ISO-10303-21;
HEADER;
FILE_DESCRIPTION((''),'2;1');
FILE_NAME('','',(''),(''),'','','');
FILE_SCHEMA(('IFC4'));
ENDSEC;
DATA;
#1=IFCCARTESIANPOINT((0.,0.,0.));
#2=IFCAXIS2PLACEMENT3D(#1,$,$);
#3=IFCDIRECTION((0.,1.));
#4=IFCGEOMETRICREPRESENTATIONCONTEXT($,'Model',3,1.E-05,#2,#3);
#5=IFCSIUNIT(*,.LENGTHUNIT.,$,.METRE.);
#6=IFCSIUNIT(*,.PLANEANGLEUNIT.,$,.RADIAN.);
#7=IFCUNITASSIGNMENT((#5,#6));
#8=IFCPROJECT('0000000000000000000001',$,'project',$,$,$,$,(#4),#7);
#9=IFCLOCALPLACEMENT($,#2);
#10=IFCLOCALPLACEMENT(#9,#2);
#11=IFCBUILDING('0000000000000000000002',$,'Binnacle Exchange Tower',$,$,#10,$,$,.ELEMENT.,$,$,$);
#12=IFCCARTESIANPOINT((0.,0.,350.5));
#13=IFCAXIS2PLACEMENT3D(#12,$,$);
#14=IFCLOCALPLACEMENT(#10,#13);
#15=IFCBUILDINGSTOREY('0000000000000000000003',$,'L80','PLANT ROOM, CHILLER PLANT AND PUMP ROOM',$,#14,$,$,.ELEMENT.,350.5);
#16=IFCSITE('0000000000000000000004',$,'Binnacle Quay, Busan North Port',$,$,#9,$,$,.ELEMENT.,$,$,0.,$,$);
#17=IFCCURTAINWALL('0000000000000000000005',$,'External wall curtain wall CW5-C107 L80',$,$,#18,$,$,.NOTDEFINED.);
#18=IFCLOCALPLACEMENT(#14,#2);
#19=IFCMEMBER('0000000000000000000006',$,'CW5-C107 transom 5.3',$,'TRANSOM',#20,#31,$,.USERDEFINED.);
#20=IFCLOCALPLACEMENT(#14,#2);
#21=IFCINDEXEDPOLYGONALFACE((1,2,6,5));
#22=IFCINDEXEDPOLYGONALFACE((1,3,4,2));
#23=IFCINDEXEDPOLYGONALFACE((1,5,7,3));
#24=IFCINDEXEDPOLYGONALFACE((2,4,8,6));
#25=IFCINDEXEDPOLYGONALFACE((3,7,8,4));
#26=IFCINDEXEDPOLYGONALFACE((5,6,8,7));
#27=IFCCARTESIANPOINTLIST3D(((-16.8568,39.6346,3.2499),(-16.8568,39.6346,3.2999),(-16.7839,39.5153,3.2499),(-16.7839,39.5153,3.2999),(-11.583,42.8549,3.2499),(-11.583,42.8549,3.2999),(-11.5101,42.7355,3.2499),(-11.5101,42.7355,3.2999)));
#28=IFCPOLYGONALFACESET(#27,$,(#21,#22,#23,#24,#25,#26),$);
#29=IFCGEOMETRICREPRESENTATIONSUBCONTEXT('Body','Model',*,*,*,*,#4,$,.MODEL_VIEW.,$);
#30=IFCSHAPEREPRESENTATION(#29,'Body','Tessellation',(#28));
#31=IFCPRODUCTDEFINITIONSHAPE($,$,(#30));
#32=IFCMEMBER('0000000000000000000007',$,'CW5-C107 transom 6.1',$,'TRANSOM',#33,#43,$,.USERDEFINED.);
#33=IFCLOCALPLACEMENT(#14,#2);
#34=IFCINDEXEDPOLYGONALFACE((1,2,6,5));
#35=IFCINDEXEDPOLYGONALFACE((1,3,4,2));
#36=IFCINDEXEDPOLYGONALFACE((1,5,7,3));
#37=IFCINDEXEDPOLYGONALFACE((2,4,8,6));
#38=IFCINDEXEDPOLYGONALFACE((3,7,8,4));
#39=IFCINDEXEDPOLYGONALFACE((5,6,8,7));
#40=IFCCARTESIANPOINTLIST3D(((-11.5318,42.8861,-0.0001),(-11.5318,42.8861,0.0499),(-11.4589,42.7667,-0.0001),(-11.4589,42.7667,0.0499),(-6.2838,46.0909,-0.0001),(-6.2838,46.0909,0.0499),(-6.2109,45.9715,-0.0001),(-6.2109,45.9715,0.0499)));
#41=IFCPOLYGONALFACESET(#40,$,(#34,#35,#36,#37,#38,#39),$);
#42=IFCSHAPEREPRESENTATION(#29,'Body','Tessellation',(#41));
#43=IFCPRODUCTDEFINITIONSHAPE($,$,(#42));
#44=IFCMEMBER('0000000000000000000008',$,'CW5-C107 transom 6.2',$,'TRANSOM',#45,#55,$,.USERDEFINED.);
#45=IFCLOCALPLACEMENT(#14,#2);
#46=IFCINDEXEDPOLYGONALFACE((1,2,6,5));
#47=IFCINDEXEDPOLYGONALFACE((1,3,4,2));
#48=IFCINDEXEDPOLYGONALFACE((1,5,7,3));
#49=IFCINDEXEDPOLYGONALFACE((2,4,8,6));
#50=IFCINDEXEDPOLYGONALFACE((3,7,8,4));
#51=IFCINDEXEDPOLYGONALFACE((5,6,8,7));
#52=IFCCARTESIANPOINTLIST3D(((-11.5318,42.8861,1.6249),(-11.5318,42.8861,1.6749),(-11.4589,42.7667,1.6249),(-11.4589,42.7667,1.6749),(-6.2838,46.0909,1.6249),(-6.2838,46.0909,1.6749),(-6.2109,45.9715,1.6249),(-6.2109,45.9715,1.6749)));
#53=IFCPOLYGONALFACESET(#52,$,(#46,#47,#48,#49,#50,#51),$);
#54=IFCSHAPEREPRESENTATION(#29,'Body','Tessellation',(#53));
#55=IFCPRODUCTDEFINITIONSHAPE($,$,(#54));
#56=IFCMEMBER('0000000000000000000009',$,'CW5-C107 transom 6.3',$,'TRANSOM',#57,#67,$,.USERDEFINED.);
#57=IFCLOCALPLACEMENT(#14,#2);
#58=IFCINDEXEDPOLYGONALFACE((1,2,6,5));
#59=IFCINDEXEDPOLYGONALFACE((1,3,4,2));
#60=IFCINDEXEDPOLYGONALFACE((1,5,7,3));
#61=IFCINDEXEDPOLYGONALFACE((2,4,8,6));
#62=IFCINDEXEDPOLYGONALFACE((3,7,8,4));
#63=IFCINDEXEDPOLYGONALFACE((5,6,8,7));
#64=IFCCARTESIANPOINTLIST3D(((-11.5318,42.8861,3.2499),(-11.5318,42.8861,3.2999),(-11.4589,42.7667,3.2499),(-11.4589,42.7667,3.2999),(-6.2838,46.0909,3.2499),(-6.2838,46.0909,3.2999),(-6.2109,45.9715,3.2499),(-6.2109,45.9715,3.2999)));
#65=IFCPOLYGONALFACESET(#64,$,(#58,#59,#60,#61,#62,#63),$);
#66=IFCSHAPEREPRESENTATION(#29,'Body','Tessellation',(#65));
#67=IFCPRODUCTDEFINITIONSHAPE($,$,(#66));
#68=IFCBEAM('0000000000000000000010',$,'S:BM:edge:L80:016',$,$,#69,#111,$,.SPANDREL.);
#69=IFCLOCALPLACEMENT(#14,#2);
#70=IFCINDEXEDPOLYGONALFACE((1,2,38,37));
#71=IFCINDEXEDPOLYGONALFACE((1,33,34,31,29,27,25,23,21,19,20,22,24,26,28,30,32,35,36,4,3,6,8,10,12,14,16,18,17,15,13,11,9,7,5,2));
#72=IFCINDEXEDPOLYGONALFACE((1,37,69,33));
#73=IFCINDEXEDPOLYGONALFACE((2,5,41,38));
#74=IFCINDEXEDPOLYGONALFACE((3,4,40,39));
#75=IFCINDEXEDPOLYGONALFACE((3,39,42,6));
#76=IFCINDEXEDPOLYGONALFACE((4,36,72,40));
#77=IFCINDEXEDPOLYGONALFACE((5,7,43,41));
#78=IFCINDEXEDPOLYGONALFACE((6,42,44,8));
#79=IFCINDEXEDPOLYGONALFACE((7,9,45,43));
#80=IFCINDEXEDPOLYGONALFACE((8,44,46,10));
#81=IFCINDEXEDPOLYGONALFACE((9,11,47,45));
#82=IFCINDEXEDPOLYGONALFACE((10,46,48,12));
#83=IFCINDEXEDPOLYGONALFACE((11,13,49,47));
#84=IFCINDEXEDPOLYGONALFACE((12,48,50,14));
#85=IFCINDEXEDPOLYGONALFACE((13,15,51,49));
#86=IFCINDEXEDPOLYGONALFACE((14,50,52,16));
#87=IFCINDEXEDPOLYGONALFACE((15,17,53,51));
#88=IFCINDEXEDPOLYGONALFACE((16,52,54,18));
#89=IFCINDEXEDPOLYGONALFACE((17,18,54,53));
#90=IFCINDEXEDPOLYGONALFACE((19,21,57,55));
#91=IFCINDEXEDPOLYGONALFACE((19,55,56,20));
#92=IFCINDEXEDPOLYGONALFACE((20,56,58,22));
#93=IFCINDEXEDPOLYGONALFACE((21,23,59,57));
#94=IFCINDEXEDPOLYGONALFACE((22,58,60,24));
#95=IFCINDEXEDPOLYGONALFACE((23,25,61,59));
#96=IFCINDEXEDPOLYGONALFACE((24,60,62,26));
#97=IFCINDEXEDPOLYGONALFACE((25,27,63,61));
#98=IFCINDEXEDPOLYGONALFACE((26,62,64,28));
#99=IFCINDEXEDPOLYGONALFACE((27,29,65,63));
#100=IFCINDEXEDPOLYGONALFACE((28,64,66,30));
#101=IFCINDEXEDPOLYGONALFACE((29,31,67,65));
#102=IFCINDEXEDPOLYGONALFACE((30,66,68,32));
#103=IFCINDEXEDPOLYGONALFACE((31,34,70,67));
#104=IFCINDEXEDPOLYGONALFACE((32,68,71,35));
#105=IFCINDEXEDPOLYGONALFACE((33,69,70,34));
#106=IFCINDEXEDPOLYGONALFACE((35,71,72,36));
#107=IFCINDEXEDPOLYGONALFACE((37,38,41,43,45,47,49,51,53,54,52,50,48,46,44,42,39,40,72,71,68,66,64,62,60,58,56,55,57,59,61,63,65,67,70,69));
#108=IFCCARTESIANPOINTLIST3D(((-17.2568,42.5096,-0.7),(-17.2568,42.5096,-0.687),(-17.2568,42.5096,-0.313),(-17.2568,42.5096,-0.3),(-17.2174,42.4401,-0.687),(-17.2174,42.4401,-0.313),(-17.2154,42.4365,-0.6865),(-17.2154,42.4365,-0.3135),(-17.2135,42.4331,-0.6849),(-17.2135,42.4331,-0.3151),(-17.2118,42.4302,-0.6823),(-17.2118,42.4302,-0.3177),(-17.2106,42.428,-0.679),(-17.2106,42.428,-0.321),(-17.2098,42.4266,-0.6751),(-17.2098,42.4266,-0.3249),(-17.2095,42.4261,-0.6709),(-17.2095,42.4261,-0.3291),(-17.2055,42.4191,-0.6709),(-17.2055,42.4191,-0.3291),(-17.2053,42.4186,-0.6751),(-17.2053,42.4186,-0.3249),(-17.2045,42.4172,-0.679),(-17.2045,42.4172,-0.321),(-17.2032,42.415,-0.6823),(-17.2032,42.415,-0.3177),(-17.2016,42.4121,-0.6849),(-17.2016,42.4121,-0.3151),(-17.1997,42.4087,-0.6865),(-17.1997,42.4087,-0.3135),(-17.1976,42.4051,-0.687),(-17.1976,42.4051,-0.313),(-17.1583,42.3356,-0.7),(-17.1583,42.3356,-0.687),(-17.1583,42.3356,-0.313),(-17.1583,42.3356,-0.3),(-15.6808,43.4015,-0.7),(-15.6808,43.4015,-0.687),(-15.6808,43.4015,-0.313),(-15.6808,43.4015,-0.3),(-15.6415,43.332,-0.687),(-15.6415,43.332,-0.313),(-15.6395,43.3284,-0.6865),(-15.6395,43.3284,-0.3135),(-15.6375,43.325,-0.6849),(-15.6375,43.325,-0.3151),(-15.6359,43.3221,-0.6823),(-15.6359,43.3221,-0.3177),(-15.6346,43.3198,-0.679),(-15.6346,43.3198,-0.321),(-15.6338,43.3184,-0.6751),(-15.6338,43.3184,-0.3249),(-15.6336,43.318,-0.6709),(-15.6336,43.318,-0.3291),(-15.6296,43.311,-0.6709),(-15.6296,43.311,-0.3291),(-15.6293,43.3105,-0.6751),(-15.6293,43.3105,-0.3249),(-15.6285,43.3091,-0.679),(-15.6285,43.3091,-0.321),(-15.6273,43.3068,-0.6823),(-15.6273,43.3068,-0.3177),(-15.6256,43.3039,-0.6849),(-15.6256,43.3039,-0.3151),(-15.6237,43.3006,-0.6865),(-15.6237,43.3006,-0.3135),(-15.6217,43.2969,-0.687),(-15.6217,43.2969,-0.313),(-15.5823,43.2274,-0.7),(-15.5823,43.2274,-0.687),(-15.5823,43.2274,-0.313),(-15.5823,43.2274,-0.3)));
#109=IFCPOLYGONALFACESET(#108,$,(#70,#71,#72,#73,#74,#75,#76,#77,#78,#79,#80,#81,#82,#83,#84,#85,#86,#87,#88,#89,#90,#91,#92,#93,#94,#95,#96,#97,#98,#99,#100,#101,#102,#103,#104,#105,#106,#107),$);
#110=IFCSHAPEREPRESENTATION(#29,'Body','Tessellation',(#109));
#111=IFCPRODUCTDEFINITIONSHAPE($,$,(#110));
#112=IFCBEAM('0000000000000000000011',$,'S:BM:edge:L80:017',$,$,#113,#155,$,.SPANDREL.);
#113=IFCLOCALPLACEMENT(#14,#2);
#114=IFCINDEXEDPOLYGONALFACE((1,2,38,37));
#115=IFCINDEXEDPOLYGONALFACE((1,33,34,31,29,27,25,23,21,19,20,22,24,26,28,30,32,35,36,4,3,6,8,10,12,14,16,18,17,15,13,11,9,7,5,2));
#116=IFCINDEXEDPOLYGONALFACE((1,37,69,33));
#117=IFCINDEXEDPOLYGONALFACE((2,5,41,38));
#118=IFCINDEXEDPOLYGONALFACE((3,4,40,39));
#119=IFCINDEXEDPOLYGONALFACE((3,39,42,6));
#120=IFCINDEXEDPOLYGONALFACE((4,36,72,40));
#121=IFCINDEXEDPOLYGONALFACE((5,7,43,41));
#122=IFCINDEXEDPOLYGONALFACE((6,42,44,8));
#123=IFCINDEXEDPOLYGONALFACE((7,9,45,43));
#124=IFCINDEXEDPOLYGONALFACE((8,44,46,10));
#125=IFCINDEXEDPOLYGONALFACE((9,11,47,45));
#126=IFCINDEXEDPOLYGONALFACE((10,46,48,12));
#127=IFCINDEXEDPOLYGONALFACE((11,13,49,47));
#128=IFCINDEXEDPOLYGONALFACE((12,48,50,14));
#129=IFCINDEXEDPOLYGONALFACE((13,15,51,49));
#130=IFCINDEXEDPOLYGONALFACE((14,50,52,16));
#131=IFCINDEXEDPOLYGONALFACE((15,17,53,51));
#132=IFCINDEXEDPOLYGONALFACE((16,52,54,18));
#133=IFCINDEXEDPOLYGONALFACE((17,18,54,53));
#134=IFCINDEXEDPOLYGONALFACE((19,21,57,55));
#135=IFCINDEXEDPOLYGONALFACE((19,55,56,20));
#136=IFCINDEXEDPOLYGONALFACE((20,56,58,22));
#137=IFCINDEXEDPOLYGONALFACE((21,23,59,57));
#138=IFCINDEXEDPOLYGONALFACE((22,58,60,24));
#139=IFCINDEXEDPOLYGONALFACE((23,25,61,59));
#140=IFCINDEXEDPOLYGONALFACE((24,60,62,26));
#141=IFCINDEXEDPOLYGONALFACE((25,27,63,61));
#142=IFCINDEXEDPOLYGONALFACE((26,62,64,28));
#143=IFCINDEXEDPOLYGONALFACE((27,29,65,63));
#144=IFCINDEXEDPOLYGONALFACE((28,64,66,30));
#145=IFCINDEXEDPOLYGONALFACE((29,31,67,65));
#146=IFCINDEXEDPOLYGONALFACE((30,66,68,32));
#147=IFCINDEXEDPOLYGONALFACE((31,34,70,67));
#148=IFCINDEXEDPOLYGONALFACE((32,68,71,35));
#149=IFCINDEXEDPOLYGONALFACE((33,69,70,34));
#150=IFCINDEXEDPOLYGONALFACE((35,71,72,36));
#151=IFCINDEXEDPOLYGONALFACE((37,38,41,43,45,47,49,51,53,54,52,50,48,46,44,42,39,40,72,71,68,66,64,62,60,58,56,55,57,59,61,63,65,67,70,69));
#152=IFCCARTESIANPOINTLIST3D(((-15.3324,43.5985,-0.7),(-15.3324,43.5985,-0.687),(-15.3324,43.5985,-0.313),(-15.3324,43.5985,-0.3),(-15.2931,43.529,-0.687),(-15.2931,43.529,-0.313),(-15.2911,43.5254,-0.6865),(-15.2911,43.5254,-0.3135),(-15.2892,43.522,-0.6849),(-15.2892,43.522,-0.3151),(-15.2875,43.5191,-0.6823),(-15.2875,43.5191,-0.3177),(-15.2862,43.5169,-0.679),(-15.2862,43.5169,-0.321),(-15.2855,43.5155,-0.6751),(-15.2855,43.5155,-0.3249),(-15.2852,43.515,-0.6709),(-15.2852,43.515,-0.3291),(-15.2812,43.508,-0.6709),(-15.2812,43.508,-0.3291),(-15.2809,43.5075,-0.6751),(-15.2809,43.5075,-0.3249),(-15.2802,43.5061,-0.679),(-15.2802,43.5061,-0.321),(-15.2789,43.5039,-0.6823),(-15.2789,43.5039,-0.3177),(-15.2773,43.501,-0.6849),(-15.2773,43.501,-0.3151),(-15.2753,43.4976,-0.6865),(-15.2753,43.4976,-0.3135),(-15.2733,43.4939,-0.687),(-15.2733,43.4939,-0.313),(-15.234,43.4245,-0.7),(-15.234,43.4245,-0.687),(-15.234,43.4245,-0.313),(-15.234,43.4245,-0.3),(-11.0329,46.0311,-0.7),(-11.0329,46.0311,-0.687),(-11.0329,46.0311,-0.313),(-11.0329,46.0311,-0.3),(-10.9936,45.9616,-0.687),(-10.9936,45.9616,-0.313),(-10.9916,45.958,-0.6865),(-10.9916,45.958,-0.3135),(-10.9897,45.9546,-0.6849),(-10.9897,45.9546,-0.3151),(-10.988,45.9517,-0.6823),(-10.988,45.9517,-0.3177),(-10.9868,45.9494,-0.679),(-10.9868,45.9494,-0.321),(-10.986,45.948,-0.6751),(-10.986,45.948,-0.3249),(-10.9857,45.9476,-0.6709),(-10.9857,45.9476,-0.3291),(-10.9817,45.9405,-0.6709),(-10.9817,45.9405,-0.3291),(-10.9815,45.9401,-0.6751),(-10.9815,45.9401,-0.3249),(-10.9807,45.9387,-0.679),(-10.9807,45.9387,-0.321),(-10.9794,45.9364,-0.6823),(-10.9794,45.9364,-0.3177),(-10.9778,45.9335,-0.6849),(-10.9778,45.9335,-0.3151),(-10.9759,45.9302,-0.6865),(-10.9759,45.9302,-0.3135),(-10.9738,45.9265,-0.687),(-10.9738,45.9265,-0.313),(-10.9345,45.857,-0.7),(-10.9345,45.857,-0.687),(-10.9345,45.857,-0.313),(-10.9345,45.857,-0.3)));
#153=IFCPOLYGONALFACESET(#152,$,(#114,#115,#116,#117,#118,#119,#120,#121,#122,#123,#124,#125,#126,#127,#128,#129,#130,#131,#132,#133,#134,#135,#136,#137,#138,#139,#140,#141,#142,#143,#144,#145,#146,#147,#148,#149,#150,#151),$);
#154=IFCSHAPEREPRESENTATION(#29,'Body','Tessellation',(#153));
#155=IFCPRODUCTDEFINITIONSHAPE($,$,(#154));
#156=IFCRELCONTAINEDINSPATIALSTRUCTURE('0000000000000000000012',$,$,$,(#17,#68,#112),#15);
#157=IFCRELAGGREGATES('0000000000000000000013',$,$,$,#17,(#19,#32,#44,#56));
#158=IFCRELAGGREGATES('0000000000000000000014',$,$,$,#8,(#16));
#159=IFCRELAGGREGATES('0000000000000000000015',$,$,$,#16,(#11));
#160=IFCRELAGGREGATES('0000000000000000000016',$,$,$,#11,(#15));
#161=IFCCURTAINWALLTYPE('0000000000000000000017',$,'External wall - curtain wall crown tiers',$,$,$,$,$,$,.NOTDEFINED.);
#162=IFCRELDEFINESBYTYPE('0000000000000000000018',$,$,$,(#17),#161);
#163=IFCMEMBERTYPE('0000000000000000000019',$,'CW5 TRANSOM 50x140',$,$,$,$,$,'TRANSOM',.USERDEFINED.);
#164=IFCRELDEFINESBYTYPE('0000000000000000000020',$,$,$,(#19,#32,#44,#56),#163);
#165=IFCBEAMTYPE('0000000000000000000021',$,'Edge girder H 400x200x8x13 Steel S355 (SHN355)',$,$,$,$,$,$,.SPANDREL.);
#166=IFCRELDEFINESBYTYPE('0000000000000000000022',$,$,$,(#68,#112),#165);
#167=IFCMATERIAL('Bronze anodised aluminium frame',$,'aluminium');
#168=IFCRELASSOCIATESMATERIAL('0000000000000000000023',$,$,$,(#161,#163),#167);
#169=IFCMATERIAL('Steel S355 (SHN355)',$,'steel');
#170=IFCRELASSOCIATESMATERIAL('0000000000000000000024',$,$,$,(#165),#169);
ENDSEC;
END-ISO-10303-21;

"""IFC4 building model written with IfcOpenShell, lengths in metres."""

from ifc_helpers import new_model, si_unit, direction, frame, origin, origin_2d, place, context, subcontext, project, spatial, rectangle, i_section, extrude, material, material_profile, profile_set, type_object, element, aggregate, save


model = new_model("IFC4")

# Units and contexts
model_context = context("Model", 3, precision=1e-05, world=origin(), true_north=direction((0.0, 1.0)))
body_context = subcontext(model_context, "Body", "Model", "MODEL_VIEW")
ifc_project = project(units=[si_unit("LENGTHUNIT", "METRE"), si_unit("PLANEANGLEUNIT", "RADIAN")], contexts=[model_context])

# Site, building, storey
site_placement = place(None, origin())
site = spatial("IfcSite", under=ifc_project, at=site_placement, Name="Binnacle Quay, Busan North Port", CompositionType="ELEMENT", RefElevation=0.0)
building_placement = place(site_placement, origin())
building = spatial("IfcBuilding", under=site, at=building_placement, Name="Binnacle Exchange Tower", CompositionType="ELEMENT")
storey_placement = place(building_placement, frame((0.0, 0.0, 350.5)))
storey = spatial("IfcBuildingStorey", under=building, at=storey_placement, Name="L80", Description="PLANT ROOM, CHILLER PLANT AND PUMP ROOM", CompositionType="ELEMENT", Elevation=350.5)

# Shared definitions
ifc_material_1 = material(Name="Steel S355 (SHN355)", Category="steel")

# Curtain wall, members
ifc_material_2 = material(Name="Bronze anodised aluminium frame", Category="aluminium")
curtain_wall_type = type_object("IfcCurtainWallType", Name="External wall - curtain wall crown tiers", PredefinedType="NOTDEFINED", material=ifc_material_2)
curtain_wall_placement = place(storey_placement, origin())
curtain_wall = element("IfcCurtainWall", 1, at=curtain_wall_placement, inside=storey, type_object=curtain_wall_type, Name="External wall curtain wall CW5-C107 L80", PredefinedType="NOTDEFINED")
ifc_material_profile_1 = material_profile(ifc_material_2, rectangle(XDim=0.1399, YDim=0.05, at=origin_2d()), Name="AL 140x50")
ifc_profile_set_1 = profile_set([ifc_material_profile_1], Name="Bronze anodised aluminium frame")
member_type_1 = type_object("IfcMemberType", Name="CW5 TRANSOM 50x140", ElementType="TRANSOM", PredefinedType="USERDEFINED", material=ifc_profile_set_1)
member_1_placement = place(storey_placement, frame((-16.8203, 39.575, 3.2749), z_axis=(0.853468, 0.521145, 0.0), x_axis=(-0.521145, 0.853468, 0.0)))
member_1 = element("IfcMember", 2, at=member_1_placement, type_object=member_type_1, Name="CW5-C107 transom 5.3", ObjectType="TRANSOM", PredefinedType="USERDEFINED", context=body_context, shape_type="SweptSolid", body=[
    extrude(rectangle(XDim=0.1399, YDim=0.05, at=origin_2d()), origin(), (0.0, 0.0, 1.0), 6.1792),
])
member_2_placement = place(storey_placement, frame((-11.4954, 42.8264, 0.0249), z_axis=(0.853449, 0.521177, 0.0), x_axis=(-0.521177, 0.853449, 0.0)))
member_2 = element("IfcMember", 3, at=member_2_placement, type_object=member_type_1, Name="CW5-C107 transom 6.1", ObjectType="TRANSOM", PredefinedType="USERDEFINED", context=body_context, shape_type="SweptSolid", body=[
    extrude(rectangle(XDim=0.1399, YDim=0.05, at=origin_2d()), origin(), (0.0, 0.0, 1.0), 6.1492),
])
member_3_placement = place(storey_placement, frame((-11.4954, 42.8264, 1.6499), z_axis=(0.853449, 0.521177, 0.0), x_axis=(-0.521177, 0.853449, 0.0)))
member_3 = element("IfcMember", 4, at=member_3_placement, type_object=member_type_1, Name="CW5-C107 transom 6.2", ObjectType="TRANSOM", PredefinedType="USERDEFINED", context=body_context, shape_type="SweptSolid", body=[
    extrude(rectangle(XDim=0.1399, YDim=0.05, at=origin_2d()), origin(), (0.0, 0.0, 1.0), 6.1492),
])
member_4_placement = place(storey_placement, frame((-11.4954, 42.8264, 3.2749), z_axis=(0.853449, 0.521177, 0.0), x_axis=(-0.521177, 0.853449, 0.0)))
member_4 = element("IfcMember", 5, at=member_4_placement, type_object=member_type_1, Name="CW5-C107 transom 6.3", ObjectType="TRANSOM", PredefinedType="USERDEFINED", context=body_context, shape_type="SweptSolid", body=[
    extrude(rectangle(XDim=0.1399, YDim=0.05, at=origin_2d()), origin(), (0.0, 0.0, 1.0), 6.1492),
])

# Beams
ifc_material_profile_2 = material_profile(ifc_material_1, i_section(OverallWidth=0.2, OverallDepth=0.3999, WebThickness=0.0081, FlangeThickness=0.0129, FilletRadius=0.0161, at=origin_2d()), Name="H 400x200x8x13")
ifc_profile_set_2 = profile_set([ifc_material_profile_2], Name="Steel S355 (SHN355)")
beam_type_1 = type_object("IfcBeamType", Name="Edge girder H 400x200x8x13 Steel S355 (SHN355)", PredefinedType="SPANDREL", material=ifc_profile_set_2)
beam_1_placement = place(storey_placement, frame((-17.2075, 42.4226, -0.5), z_axis=(0.870302, 0.492519, 0.0), x_axis=(-0.492519, 0.870302, 0.0)))
element("IfcBeam", 6, at=beam_1_placement, inside=storey, type_object=beam_type_1, Name="S:BM:edge:L80:016", PredefinedType="SPANDREL", context=body_context, shape_type="SweptSolid", body=[
    extrude(i_section(OverallWidth=0.2, OverallDepth=0.3999, WebThickness=0.0081, FlangeThickness=0.0129, FilletRadius=0.0161, at=origin_2d()), origin(), (0.0, 0.0, 1.0), 1.8108),
])
beam_2_placement = place(storey_placement, frame((-15.2832, 43.5115, -0.5), z_axis=(0.870352, 0.49243, 0.0), x_axis=(-0.49243, 0.870352, 0.0)))
element("IfcBeam", 7, at=beam_2_placement, inside=storey, type_object=beam_type_1, Name="S:BM:edge:L80:017", PredefinedType="SPANDREL", context=body_context, shape_type="SweptSolid", body=[
    extrude(i_section(OverallWidth=0.2, OverallDepth=0.3999, WebThickness=0.0081, FlangeThickness=0.0129, FilletRadius=0.0161, at=origin_2d()), origin(), (0.0, 0.0, 1.0), 4.9399),
])

aggregate(curtain_wall, [member_1, member_2, member_3, member_4])

save(model, "model.ifc")
